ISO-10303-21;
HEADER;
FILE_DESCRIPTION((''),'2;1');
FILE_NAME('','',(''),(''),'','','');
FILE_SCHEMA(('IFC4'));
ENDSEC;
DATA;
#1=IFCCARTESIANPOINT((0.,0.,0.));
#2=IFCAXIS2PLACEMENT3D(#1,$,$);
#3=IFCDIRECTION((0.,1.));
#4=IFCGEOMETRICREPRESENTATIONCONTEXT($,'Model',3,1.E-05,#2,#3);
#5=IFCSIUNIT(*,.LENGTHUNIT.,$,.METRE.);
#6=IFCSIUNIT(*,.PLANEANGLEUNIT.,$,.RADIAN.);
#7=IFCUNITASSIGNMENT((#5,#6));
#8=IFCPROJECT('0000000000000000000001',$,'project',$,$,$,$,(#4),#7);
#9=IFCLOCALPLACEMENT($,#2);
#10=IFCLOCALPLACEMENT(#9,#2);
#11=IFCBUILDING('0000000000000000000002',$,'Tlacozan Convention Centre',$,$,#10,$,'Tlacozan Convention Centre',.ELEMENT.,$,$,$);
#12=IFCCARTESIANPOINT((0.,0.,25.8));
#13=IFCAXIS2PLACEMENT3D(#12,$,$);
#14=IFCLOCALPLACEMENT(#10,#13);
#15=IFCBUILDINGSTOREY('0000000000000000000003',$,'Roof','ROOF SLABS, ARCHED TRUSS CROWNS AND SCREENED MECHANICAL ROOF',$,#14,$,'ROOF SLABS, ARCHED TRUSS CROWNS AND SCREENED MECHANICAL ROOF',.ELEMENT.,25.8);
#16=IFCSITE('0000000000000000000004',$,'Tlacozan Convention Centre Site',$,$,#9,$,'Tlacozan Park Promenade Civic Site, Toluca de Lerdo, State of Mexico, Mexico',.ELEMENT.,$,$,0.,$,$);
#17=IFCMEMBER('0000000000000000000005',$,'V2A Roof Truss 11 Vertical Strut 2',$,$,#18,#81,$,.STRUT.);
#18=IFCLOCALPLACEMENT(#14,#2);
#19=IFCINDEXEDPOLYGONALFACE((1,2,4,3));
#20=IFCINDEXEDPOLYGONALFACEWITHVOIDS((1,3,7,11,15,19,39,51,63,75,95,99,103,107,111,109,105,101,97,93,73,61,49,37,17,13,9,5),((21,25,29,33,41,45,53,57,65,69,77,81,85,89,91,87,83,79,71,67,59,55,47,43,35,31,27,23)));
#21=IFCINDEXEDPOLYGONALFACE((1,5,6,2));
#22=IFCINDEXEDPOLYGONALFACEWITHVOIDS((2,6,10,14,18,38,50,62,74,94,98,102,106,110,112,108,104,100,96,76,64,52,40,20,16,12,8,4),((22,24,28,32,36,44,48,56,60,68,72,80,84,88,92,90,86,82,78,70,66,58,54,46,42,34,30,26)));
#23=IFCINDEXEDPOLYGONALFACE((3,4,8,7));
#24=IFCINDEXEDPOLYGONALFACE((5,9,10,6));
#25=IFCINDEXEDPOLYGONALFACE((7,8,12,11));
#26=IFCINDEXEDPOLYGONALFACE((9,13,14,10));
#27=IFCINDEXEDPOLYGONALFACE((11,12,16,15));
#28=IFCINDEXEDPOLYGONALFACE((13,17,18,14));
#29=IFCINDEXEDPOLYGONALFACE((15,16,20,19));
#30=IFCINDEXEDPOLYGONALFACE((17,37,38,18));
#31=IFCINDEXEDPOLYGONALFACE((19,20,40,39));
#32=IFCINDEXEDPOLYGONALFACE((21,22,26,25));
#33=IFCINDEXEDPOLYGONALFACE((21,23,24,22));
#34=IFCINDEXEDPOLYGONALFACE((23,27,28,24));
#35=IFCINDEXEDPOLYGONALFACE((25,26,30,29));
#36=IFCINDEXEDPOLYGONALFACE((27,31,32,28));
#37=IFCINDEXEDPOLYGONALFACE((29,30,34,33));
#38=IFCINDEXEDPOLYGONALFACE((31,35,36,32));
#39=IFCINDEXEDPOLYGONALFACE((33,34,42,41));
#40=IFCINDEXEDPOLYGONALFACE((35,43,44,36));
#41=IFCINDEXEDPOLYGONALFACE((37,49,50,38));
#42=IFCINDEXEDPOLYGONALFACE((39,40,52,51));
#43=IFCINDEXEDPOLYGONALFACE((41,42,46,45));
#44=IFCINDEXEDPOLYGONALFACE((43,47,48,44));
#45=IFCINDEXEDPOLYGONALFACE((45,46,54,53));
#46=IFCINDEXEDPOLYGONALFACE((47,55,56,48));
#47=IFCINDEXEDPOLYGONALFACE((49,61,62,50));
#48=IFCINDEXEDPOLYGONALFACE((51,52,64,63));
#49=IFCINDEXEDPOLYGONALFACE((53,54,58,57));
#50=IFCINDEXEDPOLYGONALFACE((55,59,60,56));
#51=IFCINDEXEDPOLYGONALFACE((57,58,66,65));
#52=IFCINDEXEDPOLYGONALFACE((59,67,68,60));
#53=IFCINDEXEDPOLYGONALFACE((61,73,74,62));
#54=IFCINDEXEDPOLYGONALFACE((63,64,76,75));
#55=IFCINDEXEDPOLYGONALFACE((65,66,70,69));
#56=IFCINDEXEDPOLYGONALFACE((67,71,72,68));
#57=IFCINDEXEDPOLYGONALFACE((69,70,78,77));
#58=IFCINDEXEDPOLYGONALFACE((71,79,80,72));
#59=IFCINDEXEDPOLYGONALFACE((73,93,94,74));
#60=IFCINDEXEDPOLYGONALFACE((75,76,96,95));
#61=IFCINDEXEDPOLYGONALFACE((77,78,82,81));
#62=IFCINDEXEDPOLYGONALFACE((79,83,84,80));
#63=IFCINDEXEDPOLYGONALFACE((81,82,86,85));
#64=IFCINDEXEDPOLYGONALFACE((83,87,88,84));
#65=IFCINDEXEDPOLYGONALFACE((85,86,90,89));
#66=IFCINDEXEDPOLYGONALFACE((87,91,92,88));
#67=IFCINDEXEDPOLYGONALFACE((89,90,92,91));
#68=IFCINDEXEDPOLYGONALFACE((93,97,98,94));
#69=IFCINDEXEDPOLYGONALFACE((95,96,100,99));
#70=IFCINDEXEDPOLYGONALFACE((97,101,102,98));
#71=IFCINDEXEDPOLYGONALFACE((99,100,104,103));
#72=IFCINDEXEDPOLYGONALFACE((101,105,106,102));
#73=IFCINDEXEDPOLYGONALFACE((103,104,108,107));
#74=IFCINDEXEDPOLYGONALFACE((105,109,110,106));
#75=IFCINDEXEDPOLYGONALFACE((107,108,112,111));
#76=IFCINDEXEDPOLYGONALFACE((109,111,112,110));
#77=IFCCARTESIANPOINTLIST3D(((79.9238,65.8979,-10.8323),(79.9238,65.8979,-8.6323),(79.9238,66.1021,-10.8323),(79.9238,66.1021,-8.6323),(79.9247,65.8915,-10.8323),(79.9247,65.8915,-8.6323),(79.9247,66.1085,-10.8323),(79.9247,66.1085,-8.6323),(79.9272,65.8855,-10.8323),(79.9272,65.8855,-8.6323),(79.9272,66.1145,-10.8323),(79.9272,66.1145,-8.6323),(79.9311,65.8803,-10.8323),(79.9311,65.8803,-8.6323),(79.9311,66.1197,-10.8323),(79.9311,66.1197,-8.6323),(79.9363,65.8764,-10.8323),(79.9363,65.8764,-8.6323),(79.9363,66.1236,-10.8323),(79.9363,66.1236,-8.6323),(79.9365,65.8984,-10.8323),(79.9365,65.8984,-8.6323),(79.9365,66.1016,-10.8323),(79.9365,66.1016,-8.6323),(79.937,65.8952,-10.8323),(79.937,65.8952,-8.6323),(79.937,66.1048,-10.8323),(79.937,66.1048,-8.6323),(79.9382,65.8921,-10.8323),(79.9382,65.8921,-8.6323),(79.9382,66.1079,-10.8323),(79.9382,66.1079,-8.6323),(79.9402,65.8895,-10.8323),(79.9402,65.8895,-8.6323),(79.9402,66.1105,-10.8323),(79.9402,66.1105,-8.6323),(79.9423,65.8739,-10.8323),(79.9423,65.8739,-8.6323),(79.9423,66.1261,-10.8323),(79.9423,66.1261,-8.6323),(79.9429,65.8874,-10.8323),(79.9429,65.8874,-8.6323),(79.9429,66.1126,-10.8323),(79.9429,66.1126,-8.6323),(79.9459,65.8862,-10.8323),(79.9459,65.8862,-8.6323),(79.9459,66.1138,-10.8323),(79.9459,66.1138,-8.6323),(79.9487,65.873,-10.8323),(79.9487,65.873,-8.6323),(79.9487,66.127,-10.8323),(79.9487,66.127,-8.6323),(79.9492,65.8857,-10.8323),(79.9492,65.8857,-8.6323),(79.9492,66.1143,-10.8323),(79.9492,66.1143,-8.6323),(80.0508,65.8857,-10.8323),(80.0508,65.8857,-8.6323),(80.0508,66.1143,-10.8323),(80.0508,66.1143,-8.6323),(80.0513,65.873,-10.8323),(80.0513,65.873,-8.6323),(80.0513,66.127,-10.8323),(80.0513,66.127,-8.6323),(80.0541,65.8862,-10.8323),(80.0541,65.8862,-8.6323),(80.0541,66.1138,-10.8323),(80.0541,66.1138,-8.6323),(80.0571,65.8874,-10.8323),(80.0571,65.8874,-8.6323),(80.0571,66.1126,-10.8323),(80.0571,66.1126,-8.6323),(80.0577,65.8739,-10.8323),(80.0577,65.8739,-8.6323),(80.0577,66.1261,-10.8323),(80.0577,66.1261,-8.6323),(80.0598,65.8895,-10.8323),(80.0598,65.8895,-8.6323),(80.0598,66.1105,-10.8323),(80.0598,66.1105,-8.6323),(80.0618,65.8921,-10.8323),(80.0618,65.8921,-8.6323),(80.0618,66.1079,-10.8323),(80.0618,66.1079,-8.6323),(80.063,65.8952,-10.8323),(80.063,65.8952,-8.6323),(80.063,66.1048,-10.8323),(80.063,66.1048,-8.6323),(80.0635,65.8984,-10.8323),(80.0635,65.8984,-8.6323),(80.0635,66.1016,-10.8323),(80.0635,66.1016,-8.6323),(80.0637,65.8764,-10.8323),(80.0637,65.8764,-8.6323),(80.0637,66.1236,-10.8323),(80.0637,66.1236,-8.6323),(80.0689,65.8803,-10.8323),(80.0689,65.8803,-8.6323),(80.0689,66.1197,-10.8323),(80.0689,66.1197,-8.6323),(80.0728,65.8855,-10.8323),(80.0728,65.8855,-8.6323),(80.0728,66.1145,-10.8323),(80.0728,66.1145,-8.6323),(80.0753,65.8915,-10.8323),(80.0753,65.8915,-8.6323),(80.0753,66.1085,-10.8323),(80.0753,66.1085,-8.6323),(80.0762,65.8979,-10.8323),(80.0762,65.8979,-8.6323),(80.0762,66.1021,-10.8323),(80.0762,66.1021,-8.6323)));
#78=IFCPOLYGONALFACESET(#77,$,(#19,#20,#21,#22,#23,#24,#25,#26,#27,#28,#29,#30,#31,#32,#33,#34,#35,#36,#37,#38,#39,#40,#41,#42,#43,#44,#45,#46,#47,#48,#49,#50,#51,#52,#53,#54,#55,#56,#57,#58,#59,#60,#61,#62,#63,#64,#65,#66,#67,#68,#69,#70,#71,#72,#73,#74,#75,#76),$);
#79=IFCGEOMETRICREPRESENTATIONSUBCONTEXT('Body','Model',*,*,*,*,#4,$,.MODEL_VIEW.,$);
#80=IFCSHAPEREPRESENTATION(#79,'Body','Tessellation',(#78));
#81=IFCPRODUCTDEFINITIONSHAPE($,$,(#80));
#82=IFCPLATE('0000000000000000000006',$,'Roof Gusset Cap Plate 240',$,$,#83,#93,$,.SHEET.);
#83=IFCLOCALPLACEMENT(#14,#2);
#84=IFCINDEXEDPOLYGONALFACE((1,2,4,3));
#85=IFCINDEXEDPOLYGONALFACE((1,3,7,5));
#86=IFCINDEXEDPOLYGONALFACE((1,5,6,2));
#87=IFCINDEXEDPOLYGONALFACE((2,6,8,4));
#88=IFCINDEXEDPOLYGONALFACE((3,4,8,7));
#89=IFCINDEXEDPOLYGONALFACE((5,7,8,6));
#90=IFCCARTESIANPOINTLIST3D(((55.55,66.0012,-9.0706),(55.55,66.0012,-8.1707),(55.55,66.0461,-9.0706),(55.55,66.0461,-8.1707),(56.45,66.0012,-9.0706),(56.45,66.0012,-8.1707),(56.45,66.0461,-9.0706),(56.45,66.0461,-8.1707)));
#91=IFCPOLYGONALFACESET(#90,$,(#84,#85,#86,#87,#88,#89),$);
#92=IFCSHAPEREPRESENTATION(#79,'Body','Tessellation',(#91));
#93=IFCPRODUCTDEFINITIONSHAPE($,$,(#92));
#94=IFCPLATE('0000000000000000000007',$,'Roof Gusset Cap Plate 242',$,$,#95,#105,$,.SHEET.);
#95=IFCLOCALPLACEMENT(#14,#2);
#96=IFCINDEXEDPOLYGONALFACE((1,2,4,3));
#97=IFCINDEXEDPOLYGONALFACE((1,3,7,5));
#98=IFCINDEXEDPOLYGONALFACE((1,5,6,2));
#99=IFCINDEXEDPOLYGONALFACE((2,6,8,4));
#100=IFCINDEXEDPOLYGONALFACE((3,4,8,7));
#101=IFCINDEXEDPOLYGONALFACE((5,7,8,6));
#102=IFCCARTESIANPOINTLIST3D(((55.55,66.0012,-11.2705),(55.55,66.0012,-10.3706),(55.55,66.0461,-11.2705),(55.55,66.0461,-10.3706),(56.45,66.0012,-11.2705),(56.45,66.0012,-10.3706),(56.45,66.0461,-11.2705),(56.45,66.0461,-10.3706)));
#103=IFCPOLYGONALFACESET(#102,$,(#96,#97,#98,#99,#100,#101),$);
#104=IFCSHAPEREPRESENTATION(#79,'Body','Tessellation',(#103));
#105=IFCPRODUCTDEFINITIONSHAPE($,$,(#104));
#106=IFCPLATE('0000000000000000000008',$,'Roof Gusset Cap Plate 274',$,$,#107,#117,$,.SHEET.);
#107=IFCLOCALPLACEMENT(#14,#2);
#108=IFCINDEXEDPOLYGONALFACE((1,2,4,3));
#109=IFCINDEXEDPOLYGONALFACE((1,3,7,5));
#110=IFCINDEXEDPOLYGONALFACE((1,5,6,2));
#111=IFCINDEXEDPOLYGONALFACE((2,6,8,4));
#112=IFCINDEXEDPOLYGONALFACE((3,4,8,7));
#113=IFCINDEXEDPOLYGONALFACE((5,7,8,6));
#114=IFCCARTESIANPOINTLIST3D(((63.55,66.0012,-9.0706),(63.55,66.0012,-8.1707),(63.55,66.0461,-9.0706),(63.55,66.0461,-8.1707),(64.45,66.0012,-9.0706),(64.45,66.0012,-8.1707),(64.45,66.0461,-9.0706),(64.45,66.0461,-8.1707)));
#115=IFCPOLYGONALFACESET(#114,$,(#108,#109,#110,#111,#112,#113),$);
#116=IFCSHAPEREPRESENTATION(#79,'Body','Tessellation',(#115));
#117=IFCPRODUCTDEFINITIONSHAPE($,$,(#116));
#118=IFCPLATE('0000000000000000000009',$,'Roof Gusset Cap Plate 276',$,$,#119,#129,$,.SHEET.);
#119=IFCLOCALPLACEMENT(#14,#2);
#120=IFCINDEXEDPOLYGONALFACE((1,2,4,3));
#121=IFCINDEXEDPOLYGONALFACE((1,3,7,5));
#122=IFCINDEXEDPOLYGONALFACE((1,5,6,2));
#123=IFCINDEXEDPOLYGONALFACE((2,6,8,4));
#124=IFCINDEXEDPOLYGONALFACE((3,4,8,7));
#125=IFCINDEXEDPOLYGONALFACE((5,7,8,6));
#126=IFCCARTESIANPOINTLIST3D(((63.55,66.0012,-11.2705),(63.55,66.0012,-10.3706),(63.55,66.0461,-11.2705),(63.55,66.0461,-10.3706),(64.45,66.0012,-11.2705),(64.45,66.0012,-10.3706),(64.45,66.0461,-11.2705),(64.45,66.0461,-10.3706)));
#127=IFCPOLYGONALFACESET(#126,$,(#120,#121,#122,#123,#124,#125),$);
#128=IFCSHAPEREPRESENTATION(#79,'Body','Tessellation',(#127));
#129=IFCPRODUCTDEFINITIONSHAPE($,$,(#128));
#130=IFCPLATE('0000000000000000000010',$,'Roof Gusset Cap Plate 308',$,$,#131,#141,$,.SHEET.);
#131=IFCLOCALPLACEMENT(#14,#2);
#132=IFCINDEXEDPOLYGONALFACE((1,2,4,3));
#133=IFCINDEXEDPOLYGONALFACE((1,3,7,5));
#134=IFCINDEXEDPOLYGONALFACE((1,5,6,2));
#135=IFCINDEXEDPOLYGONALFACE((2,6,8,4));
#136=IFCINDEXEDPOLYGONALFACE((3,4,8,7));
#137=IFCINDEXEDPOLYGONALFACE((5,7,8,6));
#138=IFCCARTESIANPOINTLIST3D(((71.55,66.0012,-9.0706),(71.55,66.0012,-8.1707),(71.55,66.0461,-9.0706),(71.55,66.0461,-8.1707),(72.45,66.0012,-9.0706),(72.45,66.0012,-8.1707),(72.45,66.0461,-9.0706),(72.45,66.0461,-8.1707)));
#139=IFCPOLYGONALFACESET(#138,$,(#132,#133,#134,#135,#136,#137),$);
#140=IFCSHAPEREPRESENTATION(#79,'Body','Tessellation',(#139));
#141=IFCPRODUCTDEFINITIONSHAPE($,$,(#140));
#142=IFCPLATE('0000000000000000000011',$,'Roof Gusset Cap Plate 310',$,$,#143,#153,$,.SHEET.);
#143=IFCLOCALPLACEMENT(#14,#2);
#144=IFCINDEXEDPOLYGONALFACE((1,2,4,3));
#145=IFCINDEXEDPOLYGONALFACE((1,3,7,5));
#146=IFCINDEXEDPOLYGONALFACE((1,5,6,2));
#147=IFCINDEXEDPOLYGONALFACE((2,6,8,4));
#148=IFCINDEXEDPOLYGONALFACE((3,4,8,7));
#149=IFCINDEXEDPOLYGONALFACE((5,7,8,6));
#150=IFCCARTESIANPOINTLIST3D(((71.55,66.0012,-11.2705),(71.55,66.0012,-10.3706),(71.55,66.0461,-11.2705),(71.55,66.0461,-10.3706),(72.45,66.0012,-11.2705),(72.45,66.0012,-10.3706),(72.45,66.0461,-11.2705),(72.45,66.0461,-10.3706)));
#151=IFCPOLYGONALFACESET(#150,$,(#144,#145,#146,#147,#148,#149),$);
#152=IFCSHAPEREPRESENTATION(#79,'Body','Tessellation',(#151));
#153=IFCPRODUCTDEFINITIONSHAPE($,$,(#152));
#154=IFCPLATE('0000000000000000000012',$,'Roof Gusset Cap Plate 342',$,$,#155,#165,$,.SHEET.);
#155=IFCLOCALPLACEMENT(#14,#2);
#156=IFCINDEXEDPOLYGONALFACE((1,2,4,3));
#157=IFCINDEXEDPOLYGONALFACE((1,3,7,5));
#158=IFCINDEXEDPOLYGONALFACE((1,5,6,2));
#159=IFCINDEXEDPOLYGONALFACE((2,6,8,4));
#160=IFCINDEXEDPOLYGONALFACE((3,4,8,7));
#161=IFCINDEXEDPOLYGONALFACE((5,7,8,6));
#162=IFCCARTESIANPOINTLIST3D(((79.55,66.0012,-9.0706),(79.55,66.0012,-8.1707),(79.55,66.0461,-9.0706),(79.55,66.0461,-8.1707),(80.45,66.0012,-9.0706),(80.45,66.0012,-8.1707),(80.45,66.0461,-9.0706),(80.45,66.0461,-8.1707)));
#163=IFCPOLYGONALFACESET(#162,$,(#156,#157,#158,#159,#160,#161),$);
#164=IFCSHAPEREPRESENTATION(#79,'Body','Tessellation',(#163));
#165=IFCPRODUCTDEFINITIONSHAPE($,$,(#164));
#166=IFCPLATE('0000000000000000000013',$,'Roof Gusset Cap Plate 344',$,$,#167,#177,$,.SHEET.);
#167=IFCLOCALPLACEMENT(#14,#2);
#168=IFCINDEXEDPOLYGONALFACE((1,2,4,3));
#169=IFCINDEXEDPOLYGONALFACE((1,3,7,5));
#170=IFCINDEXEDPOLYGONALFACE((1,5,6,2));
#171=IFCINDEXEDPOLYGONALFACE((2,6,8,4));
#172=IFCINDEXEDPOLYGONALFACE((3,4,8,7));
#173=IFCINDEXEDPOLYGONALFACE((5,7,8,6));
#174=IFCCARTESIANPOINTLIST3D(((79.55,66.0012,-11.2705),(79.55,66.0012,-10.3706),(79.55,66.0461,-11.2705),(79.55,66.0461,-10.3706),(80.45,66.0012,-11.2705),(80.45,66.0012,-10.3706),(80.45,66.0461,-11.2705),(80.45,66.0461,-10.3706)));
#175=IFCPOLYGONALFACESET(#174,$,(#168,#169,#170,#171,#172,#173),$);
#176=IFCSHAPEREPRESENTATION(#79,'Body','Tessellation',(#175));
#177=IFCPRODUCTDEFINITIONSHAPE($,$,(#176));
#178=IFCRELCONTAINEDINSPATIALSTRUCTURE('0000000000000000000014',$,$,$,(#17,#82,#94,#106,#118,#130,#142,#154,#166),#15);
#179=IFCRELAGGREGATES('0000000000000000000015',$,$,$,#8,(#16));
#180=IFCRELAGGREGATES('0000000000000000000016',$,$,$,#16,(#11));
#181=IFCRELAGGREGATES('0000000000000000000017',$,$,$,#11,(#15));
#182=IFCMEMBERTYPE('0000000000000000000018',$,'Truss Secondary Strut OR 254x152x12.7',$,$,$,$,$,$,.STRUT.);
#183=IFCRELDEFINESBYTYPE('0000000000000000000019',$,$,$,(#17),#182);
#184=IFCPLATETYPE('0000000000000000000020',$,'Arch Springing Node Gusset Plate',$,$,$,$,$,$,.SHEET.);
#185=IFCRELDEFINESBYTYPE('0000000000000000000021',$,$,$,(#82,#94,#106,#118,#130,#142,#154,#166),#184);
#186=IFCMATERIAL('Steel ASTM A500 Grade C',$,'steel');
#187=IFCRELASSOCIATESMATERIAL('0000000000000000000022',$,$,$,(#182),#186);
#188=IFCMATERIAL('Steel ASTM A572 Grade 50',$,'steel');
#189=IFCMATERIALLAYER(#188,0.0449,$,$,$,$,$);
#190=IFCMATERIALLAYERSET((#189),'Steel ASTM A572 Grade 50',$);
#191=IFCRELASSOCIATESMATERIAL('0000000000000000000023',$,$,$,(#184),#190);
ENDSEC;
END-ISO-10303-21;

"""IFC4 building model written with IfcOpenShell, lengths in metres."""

from ifc_helpers import new_model, si_unit, direction, frame, origin, origin_2d, place, context, subcontext, project, spatial, rectangle, hollow_rectangle, extrude, material, layer, layer_set, material_profile, profile_set, type_object, element, save


model = new_model("IFC4")

# Units and contexts
model_context = context("Model", 3, precision=1e-05, world=origin(), true_north=direction((0.0, 1.0)))
body_context = subcontext(model_context, "Body", "Model", "MODEL_VIEW")
ifc_project = project(units=[si_unit("LENGTHUNIT", "METRE"), si_unit("PLANEANGLEUNIT", "RADIAN")], contexts=[model_context])

# Site, building, storey
site_placement = place(None, origin())
site = spatial("IfcSite", under=ifc_project, at=site_placement, Name="Tlacozan Convention Centre Site", LongName="Tlacozan Park Promenade Civic Site, Toluca de Lerdo, State of Mexico, Mexico", CompositionType="ELEMENT", RefElevation=0.0)
building_placement = place(site_placement, origin())
building = spatial("IfcBuilding", under=site, at=building_placement, Name="Tlacozan Convention Centre", LongName="Tlacozan Convention Centre", CompositionType="ELEMENT")
storey_placement = place(building_placement, frame((0.0, 0.0, 25.8)))
storey = spatial("IfcBuildingStorey", under=building, at=storey_placement, Name="Roof", Description="ROOF SLABS, ARCHED TRUSS CROWNS AND SCREENED MECHANICAL ROOF", LongName="ROOF SLABS, ARCHED TRUSS CROWNS AND SCREENED MECHANICAL ROOF", CompositionType="ELEMENT", Elevation=25.8)

# Member
ifc_material_1 = material(Name="Steel ASTM A500 Grade C", Category="steel")
ifc_material_profile_1 = material_profile(ifc_material_1, hollow_rectangle(XDim=0.1523, YDim=0.2539, WallThickness=0.0127, InnerFilletRadius=0.0127, OuterFilletRadius=0.0249, at=origin_2d()), Name="OR 254x152x12.7")
ifc_profile_set_1 = profile_set([ifc_material_profile_1], Name="Steel ASTM A500 Grade C")
member_type_1 = type_object("IfcMemberType", Name="Truss Secondary Strut OR 254x152x12.7", PredefinedType="STRUT", material=ifc_profile_set_1)
for number, where, z_axis, x_axis, name in (
    (1, (80.0, 66.0, -10.8323), (0.0, 0.0, 1.0), (1.0, 0.0, 0.0), "V2A Roof Truss 11 Vertical Strut 2"),
):
    element("IfcMember", number, at=place(storey_placement, frame(where, z_axis=z_axis, x_axis=x_axis)), inside=storey, type_object=member_type_1, Name=name, PredefinedType="STRUT", context=body_context, shape_type="SweptSolid", body=[
        extrude(hollow_rectangle(XDim=0.1523, YDim=0.2539, WallThickness=0.0127, InnerFilletRadius=0.0127, OuterFilletRadius=0.0249, at=origin_2d()), origin(), (0.0, 0.0, 1.0), 2.2),
    ])

# Plates
ifc_material_2 = material(Name="Steel ASTM A572 Grade 50", Category="steel")
ifc_layer = layer(ifc_material_2, 0.0449)
ifc_layer_set = layer_set([ifc_layer], Name="Steel ASTM A572 Grade 50")
plate_type = type_object("IfcPlateType", Name="Arch Springing Node Gusset Plate", PredefinedType="SHEET", material=ifc_layer_set)
for number, where, z_axis, x_axis, name in (
    (2, (56.0, 66.0237, -9.0706), (0.0, 0.0, 1.0), (0.0, 1.0, 0.0), "Roof Gusset Cap Plate 240"),
    (3, (56.0, 66.0237, -11.2705), (0.0, 0.0, 1.0), (0.0, 1.0, 0.0), "Roof Gusset Cap Plate 242"),
    (4, (64.0, 66.0237, -9.0706), (0.0, 0.0, 1.0), (0.0, 1.0, 0.0), "Roof Gusset Cap Plate 274"),
    (5, (64.0, 66.0237, -11.2705), (0.0, 0.0, 1.0), (0.0, 1.0, 0.0), "Roof Gusset Cap Plate 276"),
    (6, (72.0, 66.0237, -9.0706), (0.0, 0.0, 1.0), (0.0, 1.0, 0.0), "Roof Gusset Cap Plate 308"),
    (7, (72.0, 66.0237, -11.2705), (0.0, 0.0, 1.0), (0.0, 1.0, 0.0), "Roof Gusset Cap Plate 310"),
    (8, (80.0, 66.0237, -9.0706), (0.0, 0.0, 1.0), (0.0, 1.0, 0.0), "Roof Gusset Cap Plate 342"),
    (9, (80.0, 66.0237, -11.2705), (0.0, 0.0, 1.0), (0.0, 1.0, 0.0), "Roof Gusset Cap Plate 344"),
):
    element("IfcPlate", number, at=place(storey_placement, frame(where, z_axis=z_axis, x_axis=x_axis)), inside=storey, type_object=plate_type, Name=name, PredefinedType="SHEET", context=body_context, shape_type="SweptSolid", body=[
        extrude(rectangle(XDim=0.0449, YDim=0.8999, at=origin_2d()), origin(), (0.0, 0.0, 1.0), 0.8999),
    ])

save(model, "model.ifc")
